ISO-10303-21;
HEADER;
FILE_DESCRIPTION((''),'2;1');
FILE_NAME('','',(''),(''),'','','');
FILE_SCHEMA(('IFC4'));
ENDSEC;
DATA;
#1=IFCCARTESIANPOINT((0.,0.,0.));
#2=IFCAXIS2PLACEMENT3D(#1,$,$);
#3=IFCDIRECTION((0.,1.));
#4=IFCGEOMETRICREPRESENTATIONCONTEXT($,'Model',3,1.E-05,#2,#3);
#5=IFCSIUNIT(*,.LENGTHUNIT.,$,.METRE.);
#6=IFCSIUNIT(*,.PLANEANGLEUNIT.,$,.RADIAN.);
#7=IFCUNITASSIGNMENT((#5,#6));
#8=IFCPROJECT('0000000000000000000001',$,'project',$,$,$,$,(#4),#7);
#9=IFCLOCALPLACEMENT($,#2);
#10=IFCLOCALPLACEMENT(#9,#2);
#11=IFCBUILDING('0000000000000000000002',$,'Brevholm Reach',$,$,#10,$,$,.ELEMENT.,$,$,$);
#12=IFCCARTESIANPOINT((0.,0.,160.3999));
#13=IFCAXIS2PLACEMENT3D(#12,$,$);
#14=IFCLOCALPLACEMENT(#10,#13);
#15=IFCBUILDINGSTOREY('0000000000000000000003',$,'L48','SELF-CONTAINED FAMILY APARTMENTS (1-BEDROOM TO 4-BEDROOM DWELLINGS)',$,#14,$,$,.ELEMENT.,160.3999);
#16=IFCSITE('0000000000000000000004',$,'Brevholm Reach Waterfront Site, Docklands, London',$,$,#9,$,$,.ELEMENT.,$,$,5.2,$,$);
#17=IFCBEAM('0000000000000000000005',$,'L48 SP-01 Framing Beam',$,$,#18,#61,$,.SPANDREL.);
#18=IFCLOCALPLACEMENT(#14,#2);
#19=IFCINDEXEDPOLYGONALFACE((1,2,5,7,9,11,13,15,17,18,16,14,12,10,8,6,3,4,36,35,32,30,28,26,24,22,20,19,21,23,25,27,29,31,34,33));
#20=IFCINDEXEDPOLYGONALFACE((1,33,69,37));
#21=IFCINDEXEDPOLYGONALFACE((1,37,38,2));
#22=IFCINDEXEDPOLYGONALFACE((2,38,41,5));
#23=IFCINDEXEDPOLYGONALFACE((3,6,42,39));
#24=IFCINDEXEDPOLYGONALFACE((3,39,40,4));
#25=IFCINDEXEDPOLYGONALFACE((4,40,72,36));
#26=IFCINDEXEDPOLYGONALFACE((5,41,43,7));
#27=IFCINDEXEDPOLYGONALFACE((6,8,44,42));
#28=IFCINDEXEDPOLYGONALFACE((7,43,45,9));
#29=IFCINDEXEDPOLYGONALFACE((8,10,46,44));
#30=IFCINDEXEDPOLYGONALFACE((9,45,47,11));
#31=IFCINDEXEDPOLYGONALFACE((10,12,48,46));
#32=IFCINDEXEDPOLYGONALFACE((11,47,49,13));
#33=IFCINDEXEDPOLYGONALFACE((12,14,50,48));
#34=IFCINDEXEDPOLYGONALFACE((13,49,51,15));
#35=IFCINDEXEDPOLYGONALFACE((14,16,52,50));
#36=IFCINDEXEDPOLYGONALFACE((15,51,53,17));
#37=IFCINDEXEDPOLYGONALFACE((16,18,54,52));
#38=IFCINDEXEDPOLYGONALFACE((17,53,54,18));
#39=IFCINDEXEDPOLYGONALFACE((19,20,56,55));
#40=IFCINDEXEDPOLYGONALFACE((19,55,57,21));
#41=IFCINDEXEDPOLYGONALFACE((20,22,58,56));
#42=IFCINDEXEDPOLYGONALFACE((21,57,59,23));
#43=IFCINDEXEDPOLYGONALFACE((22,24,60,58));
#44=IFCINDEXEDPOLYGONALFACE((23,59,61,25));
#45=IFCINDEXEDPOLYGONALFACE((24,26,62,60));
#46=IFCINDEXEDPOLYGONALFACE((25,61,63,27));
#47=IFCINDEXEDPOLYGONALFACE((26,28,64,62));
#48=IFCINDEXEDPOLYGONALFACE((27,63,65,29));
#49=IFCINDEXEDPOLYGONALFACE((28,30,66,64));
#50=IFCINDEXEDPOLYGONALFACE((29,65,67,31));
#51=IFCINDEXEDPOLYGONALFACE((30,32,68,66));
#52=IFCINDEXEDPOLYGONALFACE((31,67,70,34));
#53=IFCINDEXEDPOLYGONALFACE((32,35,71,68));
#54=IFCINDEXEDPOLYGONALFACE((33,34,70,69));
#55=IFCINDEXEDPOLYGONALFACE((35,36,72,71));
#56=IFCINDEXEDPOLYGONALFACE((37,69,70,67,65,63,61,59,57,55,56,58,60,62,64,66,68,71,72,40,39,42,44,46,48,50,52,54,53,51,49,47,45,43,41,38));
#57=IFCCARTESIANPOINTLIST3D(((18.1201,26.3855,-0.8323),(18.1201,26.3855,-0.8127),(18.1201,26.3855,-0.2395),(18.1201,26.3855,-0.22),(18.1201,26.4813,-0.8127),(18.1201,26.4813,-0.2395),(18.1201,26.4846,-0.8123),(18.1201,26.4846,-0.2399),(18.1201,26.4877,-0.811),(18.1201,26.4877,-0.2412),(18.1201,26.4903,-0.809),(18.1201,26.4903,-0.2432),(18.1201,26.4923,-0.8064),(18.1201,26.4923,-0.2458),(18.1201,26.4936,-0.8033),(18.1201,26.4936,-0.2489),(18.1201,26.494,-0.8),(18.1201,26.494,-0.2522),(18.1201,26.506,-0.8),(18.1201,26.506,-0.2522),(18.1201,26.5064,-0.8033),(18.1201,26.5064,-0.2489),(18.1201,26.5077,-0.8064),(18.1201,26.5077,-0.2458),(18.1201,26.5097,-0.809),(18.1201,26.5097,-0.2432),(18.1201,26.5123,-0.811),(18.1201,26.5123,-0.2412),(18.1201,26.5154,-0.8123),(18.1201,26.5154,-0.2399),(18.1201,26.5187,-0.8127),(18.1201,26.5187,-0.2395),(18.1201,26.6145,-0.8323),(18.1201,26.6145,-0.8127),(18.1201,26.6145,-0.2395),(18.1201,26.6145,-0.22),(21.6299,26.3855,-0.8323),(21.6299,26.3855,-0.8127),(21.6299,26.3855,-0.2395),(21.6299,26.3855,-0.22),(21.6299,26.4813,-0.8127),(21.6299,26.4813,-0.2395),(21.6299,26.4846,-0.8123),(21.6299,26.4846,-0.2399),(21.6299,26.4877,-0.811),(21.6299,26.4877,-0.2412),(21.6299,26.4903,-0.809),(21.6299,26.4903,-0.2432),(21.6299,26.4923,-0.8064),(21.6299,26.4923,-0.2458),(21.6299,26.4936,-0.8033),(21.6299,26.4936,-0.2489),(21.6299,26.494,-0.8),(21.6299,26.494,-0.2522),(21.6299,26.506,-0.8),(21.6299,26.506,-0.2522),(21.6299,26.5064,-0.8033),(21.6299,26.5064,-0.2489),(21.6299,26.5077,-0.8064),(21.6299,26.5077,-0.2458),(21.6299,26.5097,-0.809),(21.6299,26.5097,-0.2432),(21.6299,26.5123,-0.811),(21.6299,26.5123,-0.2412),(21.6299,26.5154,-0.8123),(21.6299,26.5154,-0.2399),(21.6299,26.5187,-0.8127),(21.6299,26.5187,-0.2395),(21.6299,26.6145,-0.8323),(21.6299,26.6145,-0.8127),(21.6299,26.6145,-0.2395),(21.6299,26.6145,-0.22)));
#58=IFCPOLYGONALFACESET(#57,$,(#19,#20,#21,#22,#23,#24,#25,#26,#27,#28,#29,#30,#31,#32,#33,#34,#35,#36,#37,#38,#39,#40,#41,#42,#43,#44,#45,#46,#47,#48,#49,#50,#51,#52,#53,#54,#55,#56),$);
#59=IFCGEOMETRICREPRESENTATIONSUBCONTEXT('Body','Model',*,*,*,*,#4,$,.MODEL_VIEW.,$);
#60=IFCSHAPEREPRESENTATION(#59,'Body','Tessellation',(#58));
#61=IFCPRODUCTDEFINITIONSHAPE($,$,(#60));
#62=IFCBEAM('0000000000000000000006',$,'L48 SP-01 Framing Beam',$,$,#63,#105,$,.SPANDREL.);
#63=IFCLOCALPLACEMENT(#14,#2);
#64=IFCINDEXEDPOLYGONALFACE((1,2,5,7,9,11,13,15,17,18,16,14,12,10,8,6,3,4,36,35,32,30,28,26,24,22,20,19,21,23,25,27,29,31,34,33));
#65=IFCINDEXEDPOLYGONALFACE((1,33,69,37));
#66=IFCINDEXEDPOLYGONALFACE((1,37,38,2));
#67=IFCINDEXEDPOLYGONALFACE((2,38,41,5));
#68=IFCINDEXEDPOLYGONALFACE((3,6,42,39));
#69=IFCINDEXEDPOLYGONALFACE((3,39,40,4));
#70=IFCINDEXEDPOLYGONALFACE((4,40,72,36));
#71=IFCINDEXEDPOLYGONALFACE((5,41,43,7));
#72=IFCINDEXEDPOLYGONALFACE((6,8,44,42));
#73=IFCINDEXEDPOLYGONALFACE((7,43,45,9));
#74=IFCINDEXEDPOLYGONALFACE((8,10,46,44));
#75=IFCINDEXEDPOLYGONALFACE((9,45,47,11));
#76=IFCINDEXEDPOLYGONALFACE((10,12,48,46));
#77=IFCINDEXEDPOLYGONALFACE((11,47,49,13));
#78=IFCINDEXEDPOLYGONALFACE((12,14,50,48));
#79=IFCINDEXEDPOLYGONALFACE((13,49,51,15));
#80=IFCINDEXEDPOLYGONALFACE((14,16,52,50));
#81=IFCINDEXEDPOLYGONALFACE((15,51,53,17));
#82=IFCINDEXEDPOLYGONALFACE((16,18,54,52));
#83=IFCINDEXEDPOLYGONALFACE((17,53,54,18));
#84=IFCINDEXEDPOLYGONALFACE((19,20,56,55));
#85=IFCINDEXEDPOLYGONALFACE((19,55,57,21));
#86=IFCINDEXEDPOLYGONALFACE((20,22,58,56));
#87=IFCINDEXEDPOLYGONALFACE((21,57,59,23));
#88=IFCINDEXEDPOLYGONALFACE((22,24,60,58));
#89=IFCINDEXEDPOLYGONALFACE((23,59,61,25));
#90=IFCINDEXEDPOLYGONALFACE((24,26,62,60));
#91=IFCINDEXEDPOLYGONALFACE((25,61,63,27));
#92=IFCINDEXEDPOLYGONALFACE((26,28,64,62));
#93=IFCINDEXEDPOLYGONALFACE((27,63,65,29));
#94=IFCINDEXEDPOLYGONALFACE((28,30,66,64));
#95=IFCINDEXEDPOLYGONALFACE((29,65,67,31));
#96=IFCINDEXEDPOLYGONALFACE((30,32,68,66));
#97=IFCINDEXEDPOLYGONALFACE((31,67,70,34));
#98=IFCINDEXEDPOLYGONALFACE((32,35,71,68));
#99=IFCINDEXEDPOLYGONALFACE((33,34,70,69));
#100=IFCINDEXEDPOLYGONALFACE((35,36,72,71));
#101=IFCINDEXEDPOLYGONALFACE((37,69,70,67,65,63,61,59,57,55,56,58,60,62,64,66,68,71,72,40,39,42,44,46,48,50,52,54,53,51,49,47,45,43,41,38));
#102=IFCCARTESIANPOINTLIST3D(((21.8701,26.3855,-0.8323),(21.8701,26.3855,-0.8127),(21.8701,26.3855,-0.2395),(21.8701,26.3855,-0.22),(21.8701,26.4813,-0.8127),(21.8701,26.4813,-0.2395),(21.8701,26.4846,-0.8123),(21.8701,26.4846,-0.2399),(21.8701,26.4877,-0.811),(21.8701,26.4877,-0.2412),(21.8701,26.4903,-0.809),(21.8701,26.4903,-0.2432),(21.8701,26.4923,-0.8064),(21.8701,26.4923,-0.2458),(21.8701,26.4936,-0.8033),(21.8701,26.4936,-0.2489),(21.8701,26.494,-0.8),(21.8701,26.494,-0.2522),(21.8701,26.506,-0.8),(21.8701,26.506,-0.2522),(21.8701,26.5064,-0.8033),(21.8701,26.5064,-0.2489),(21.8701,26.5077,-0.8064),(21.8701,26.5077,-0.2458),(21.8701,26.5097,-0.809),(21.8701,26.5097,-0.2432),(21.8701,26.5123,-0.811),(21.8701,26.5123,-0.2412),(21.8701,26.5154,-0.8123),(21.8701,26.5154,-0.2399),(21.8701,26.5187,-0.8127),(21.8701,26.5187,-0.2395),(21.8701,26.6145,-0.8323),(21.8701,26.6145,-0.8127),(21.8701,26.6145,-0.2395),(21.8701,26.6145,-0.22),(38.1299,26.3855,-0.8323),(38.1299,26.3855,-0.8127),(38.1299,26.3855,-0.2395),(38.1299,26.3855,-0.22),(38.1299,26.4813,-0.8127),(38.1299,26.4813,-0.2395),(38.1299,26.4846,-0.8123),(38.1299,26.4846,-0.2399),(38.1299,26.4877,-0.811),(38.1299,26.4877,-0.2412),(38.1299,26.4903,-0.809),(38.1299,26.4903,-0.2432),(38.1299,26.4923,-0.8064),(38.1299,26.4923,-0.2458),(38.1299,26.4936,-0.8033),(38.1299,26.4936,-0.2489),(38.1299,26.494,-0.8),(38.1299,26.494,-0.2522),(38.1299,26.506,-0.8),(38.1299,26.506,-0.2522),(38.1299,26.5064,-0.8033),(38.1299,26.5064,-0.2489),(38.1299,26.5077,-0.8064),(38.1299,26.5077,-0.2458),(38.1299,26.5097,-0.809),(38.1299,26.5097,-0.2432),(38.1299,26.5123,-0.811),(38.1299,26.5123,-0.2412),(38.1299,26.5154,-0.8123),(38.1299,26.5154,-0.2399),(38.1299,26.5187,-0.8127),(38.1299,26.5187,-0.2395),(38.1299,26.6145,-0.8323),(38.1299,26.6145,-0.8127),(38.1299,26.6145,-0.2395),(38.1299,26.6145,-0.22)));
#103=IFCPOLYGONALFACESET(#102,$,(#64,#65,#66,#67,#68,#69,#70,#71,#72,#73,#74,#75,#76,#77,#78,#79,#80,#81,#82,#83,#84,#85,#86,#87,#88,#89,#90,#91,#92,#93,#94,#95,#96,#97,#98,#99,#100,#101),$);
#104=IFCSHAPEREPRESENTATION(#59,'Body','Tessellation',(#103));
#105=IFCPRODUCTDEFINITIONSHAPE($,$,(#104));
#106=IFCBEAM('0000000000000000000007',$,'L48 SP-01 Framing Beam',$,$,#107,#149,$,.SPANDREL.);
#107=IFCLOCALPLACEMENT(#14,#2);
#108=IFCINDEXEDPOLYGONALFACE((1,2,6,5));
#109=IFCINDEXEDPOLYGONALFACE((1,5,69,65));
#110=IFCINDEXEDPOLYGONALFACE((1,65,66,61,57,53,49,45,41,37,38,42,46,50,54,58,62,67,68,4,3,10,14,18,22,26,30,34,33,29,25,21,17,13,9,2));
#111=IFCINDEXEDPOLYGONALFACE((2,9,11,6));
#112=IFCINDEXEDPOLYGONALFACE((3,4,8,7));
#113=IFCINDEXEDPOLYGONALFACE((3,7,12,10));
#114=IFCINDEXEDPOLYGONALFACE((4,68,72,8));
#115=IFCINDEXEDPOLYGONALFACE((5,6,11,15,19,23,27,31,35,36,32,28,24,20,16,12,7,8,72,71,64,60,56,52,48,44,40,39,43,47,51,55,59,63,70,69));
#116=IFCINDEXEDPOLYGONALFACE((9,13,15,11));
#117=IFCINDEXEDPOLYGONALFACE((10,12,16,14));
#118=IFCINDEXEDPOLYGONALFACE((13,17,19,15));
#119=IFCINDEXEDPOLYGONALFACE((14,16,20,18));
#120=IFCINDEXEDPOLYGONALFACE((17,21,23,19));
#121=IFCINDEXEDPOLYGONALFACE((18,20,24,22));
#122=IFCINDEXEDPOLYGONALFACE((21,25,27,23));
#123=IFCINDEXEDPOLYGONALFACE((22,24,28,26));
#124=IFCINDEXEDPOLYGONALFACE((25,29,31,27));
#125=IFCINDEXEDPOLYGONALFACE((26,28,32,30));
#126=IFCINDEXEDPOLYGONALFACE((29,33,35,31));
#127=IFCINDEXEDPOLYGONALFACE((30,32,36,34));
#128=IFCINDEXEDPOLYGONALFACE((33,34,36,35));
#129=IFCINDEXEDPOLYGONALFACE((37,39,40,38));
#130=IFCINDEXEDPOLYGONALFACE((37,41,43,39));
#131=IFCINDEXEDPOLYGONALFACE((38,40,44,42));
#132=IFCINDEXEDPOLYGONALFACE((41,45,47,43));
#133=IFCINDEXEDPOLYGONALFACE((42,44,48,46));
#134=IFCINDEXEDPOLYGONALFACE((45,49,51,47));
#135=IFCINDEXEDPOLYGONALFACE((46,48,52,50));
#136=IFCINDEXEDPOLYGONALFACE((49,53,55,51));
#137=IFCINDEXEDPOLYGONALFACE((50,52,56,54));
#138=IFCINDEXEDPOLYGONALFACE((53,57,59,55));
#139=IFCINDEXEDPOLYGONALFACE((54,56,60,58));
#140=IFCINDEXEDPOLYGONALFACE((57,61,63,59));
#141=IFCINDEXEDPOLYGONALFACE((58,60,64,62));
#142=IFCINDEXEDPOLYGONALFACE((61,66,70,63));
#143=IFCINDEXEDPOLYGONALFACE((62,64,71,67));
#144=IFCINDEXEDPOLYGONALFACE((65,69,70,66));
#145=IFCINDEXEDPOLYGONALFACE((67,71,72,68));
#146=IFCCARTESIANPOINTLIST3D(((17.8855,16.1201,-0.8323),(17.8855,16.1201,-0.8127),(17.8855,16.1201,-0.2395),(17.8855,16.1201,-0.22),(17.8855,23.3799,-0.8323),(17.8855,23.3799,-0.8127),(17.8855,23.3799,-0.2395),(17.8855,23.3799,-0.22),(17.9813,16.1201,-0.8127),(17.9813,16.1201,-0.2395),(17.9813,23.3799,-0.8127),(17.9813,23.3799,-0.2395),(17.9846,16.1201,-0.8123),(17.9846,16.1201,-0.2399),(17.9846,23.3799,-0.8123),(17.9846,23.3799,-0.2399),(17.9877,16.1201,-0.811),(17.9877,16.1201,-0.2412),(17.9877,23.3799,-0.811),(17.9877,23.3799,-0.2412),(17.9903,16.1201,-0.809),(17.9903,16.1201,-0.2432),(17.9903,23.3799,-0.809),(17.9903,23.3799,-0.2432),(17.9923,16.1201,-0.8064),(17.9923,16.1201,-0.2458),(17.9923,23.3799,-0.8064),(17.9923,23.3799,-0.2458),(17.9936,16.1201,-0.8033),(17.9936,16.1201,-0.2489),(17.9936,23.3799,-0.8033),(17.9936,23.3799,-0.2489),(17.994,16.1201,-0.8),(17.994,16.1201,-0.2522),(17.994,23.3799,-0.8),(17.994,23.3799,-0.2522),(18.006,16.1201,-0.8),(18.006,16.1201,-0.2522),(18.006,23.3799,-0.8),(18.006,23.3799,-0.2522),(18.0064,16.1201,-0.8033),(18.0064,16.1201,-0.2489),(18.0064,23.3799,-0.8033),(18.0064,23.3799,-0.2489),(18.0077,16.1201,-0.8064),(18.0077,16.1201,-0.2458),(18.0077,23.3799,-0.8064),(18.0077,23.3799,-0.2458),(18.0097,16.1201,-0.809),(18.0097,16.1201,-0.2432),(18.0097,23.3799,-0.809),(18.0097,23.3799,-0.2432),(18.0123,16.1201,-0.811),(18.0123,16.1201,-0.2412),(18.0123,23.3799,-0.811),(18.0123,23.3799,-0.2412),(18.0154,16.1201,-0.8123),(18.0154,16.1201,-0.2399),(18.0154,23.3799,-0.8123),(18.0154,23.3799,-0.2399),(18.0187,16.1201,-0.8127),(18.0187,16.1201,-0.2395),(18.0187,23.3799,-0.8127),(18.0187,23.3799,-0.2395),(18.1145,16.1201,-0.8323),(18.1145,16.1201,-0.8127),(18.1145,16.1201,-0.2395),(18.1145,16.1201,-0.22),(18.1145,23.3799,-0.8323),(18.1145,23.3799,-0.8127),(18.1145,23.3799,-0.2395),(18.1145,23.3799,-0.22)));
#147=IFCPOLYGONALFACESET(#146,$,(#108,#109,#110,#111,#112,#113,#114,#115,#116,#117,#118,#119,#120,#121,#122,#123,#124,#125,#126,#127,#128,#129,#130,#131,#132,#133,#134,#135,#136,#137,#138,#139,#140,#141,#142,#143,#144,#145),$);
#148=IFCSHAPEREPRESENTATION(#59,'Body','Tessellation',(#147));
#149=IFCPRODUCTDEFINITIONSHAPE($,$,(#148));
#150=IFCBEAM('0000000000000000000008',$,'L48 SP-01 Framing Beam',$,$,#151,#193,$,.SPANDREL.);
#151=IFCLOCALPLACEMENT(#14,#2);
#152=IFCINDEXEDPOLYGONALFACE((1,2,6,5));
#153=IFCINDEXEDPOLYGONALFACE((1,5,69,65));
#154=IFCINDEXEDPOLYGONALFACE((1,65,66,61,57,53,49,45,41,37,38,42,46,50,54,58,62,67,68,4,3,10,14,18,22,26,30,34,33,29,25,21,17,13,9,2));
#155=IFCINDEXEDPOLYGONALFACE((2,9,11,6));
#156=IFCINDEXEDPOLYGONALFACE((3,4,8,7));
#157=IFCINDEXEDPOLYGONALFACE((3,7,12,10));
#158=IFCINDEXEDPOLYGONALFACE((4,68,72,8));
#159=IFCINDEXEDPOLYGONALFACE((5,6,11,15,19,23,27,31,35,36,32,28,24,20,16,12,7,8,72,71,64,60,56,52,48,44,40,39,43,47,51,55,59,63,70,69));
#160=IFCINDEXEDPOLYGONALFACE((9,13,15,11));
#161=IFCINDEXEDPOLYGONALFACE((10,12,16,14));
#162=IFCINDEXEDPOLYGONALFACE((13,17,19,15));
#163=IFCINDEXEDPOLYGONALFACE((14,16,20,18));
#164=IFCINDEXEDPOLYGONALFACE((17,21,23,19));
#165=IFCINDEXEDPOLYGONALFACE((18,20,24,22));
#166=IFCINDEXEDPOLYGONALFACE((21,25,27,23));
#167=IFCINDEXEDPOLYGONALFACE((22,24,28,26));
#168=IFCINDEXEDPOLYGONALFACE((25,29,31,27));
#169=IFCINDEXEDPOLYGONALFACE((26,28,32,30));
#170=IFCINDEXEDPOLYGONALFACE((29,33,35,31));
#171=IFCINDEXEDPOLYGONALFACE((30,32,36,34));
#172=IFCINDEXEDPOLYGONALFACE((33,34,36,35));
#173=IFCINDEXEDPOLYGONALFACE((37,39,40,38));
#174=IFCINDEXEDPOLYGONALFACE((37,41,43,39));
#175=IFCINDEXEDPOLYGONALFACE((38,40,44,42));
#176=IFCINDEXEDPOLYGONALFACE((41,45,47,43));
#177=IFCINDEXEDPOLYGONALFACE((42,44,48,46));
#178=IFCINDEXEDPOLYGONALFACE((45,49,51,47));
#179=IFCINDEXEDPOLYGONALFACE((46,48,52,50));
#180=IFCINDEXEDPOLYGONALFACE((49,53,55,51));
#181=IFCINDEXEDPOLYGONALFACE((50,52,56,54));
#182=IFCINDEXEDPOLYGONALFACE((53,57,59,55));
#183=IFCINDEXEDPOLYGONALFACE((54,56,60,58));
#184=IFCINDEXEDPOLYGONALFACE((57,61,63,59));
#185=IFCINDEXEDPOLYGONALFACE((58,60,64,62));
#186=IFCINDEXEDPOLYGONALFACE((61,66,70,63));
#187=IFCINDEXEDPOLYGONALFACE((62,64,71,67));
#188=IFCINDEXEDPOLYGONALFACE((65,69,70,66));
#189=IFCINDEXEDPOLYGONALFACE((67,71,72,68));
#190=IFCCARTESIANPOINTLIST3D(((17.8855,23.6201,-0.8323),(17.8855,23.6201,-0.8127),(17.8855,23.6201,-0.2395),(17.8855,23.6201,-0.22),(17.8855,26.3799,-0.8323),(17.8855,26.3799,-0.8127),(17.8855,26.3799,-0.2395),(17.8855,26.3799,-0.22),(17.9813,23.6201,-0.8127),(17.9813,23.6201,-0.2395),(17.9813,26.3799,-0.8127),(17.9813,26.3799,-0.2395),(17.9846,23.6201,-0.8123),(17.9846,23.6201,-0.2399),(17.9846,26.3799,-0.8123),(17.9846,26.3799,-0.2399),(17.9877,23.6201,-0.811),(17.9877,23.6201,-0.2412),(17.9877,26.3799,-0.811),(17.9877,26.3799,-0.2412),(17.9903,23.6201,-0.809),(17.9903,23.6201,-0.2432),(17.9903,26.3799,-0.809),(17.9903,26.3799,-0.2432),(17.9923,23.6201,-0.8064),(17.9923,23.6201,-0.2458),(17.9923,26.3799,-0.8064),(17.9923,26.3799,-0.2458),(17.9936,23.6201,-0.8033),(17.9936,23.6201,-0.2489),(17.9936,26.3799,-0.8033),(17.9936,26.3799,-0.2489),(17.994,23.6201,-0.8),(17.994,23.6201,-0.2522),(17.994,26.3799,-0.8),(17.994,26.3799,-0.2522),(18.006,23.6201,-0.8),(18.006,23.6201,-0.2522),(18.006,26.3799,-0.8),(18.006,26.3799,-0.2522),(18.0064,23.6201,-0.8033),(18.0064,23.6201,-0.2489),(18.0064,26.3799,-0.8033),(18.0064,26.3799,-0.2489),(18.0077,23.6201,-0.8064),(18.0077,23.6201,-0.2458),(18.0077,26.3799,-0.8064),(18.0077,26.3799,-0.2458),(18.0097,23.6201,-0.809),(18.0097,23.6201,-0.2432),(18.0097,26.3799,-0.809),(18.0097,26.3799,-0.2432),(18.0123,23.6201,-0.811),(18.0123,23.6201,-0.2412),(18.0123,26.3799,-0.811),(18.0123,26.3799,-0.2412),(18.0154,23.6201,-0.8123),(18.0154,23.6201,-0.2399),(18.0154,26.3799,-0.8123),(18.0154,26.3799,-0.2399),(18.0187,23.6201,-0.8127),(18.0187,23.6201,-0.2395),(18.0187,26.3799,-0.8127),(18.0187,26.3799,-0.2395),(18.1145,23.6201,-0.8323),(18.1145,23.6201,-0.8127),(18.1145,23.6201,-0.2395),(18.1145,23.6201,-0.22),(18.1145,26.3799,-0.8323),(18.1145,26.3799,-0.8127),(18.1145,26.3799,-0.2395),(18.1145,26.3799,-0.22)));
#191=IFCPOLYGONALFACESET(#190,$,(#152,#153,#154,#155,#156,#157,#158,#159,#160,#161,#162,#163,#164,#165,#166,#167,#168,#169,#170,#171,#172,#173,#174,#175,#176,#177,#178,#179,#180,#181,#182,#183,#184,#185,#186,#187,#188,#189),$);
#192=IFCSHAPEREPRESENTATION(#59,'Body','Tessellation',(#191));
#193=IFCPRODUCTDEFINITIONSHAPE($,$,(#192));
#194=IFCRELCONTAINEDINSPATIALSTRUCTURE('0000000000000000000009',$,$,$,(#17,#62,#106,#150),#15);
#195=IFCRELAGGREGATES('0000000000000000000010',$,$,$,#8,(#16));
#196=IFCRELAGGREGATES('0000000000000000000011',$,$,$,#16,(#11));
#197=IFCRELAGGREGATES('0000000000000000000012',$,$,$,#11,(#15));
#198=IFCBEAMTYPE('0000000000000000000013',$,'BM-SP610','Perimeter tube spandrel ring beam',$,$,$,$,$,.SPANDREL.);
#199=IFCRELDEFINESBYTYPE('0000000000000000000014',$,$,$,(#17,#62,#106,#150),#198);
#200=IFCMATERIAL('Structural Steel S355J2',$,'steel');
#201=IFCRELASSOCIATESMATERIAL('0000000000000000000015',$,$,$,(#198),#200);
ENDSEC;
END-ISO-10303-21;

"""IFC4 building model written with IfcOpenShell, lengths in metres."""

from ifc_helpers import new_model, si_unit, direction, frame, origin, origin_2d, place, context, subcontext, project, spatial, i_section, extrude, material, material_profile, profile_set, type_object, element, save


model = new_model("IFC4")

# Units and contexts
model_context = context("Model", 3, precision=1e-05, world=origin(), true_north=direction((0.0, 1.0)))
body_context = subcontext(model_context, "Body", "Model", "MODEL_VIEW")
ifc_project = project(units=[si_unit("LENGTHUNIT", "METRE"), si_unit("PLANEANGLEUNIT", "RADIAN")], contexts=[model_context])

# Site, building, storey
site_placement = place(None, origin())
site = spatial("IfcSite", under=ifc_project, at=site_placement, Name="Brevholm Reach Waterfront Site, Docklands, London", CompositionType="ELEMENT", RefElevation=5.2)
building_placement = place(site_placement, origin())
building = spatial("IfcBuilding", under=site, at=building_placement, Name="Brevholm Reach", CompositionType="ELEMENT")
storey_placement = place(building_placement, frame((0.0, 0.0, 160.3999)))
storey = spatial("IfcBuildingStorey", under=building, at=storey_placement, Name="L48", Description="SELF-CONTAINED FAMILY APARTMENTS (1-BEDROOM TO 4-BEDROOM DWELLINGS)", CompositionType="ELEMENT", Elevation=160.3999)

# Beams
ifc_material_1 = material(Name="Structural Steel S355J2", Category="steel")
ifc_material_profile_1 = material_profile(ifc_material_1, i_section(OverallWidth=0.229, OverallDepth=0.6123, WebThickness=0.012, FlangeThickness=0.0195, FilletRadius=0.0127, at=origin_2d()), Name="UKB 610x229x125")
ifc_profile_set_1 = profile_set([ifc_material_profile_1], Name="Structural Steel S355J2")
beam_type_1 = type_object("IfcBeamType", Name="BM-SP610", Description="Perimeter tube spandrel ring beam", PredefinedType="SPANDREL", material=ifc_profile_set_1)
for number, where, z_axis, x_axis, name in (
    (1, (18.1201, 26.5, -0.5261), (1.0, 0.0, 0.0), (0.0, 1.0, 0.0), "L48 SP-01 Framing Beam"),
):
    element("IfcBeam", number, at=place(storey_placement, frame(where, z_axis=z_axis, x_axis=x_axis)), inside=storey, type_object=beam_type_1, Name=name, PredefinedType="SPANDREL", context=body_context, shape_type="SweptSolid", body=[
        extrude(i_section(OverallWidth=0.229, OverallDepth=0.6123, WebThickness=0.012, FlangeThickness=0.0195, FilletRadius=0.0127, at=origin_2d()), origin(), (0.0, 0.0, 1.0), 3.5098),
    ])
beam_1_placement = place(storey_placement, frame((21.8701, 26.5, -0.5261), z_axis=(1.0, 0.0, 0.0), x_axis=(0.0, 1.0, 0.0)))
element("IfcBeam", 2, at=beam_1_placement, inside=storey, type_object=beam_type_1, Name="L48 SP-01 Framing Beam", PredefinedType="SPANDREL", context=body_context, shape_type="SweptSolid", body=[
    extrude(i_section(OverallWidth=0.229, OverallDepth=0.6123, WebThickness=0.012, FlangeThickness=0.0195, FilletRadius=0.0127, at=origin_2d()), origin(), (0.0, 0.0, 1.0), 16.2598),
])
beam_2_placement = place(storey_placement, frame((18.0, 16.1201, -0.5261), z_axis=(0.0, 1.0, 0.0), x_axis=(-1.0, 0.0, 0.0)))
element("IfcBeam", 3, at=beam_2_placement, inside=storey, type_object=beam_type_1, Name="L48 SP-01 Framing Beam", PredefinedType="SPANDREL", context=body_context, shape_type="SweptSolid", body=[
    extrude(i_section(OverallWidth=0.229, OverallDepth=0.6123, WebThickness=0.012, FlangeThickness=0.0195, FilletRadius=0.0127, at=origin_2d()), origin(), (0.0, 0.0, 1.0), 7.2598),
])
beam_3_placement = place(storey_placement, frame((18.0, 23.6201, -0.5261), z_axis=(0.0, 1.0, 0.0), x_axis=(-1.0, 0.0, 0.0)))
element("IfcBeam", 4, at=beam_3_placement, inside=storey, type_object=beam_type_1, Name="L48 SP-01 Framing Beam", PredefinedType="SPANDREL", context=body_context, shape_type="SweptSolid", body=[
    extrude(i_section(OverallWidth=0.229, OverallDepth=0.6123, WebThickness=0.012, FlangeThickness=0.0195, FilletRadius=0.0127, at=origin_2d()), origin(), (0.0, 0.0, 1.0), 2.7598),
])

save(model, "model.ifc")
